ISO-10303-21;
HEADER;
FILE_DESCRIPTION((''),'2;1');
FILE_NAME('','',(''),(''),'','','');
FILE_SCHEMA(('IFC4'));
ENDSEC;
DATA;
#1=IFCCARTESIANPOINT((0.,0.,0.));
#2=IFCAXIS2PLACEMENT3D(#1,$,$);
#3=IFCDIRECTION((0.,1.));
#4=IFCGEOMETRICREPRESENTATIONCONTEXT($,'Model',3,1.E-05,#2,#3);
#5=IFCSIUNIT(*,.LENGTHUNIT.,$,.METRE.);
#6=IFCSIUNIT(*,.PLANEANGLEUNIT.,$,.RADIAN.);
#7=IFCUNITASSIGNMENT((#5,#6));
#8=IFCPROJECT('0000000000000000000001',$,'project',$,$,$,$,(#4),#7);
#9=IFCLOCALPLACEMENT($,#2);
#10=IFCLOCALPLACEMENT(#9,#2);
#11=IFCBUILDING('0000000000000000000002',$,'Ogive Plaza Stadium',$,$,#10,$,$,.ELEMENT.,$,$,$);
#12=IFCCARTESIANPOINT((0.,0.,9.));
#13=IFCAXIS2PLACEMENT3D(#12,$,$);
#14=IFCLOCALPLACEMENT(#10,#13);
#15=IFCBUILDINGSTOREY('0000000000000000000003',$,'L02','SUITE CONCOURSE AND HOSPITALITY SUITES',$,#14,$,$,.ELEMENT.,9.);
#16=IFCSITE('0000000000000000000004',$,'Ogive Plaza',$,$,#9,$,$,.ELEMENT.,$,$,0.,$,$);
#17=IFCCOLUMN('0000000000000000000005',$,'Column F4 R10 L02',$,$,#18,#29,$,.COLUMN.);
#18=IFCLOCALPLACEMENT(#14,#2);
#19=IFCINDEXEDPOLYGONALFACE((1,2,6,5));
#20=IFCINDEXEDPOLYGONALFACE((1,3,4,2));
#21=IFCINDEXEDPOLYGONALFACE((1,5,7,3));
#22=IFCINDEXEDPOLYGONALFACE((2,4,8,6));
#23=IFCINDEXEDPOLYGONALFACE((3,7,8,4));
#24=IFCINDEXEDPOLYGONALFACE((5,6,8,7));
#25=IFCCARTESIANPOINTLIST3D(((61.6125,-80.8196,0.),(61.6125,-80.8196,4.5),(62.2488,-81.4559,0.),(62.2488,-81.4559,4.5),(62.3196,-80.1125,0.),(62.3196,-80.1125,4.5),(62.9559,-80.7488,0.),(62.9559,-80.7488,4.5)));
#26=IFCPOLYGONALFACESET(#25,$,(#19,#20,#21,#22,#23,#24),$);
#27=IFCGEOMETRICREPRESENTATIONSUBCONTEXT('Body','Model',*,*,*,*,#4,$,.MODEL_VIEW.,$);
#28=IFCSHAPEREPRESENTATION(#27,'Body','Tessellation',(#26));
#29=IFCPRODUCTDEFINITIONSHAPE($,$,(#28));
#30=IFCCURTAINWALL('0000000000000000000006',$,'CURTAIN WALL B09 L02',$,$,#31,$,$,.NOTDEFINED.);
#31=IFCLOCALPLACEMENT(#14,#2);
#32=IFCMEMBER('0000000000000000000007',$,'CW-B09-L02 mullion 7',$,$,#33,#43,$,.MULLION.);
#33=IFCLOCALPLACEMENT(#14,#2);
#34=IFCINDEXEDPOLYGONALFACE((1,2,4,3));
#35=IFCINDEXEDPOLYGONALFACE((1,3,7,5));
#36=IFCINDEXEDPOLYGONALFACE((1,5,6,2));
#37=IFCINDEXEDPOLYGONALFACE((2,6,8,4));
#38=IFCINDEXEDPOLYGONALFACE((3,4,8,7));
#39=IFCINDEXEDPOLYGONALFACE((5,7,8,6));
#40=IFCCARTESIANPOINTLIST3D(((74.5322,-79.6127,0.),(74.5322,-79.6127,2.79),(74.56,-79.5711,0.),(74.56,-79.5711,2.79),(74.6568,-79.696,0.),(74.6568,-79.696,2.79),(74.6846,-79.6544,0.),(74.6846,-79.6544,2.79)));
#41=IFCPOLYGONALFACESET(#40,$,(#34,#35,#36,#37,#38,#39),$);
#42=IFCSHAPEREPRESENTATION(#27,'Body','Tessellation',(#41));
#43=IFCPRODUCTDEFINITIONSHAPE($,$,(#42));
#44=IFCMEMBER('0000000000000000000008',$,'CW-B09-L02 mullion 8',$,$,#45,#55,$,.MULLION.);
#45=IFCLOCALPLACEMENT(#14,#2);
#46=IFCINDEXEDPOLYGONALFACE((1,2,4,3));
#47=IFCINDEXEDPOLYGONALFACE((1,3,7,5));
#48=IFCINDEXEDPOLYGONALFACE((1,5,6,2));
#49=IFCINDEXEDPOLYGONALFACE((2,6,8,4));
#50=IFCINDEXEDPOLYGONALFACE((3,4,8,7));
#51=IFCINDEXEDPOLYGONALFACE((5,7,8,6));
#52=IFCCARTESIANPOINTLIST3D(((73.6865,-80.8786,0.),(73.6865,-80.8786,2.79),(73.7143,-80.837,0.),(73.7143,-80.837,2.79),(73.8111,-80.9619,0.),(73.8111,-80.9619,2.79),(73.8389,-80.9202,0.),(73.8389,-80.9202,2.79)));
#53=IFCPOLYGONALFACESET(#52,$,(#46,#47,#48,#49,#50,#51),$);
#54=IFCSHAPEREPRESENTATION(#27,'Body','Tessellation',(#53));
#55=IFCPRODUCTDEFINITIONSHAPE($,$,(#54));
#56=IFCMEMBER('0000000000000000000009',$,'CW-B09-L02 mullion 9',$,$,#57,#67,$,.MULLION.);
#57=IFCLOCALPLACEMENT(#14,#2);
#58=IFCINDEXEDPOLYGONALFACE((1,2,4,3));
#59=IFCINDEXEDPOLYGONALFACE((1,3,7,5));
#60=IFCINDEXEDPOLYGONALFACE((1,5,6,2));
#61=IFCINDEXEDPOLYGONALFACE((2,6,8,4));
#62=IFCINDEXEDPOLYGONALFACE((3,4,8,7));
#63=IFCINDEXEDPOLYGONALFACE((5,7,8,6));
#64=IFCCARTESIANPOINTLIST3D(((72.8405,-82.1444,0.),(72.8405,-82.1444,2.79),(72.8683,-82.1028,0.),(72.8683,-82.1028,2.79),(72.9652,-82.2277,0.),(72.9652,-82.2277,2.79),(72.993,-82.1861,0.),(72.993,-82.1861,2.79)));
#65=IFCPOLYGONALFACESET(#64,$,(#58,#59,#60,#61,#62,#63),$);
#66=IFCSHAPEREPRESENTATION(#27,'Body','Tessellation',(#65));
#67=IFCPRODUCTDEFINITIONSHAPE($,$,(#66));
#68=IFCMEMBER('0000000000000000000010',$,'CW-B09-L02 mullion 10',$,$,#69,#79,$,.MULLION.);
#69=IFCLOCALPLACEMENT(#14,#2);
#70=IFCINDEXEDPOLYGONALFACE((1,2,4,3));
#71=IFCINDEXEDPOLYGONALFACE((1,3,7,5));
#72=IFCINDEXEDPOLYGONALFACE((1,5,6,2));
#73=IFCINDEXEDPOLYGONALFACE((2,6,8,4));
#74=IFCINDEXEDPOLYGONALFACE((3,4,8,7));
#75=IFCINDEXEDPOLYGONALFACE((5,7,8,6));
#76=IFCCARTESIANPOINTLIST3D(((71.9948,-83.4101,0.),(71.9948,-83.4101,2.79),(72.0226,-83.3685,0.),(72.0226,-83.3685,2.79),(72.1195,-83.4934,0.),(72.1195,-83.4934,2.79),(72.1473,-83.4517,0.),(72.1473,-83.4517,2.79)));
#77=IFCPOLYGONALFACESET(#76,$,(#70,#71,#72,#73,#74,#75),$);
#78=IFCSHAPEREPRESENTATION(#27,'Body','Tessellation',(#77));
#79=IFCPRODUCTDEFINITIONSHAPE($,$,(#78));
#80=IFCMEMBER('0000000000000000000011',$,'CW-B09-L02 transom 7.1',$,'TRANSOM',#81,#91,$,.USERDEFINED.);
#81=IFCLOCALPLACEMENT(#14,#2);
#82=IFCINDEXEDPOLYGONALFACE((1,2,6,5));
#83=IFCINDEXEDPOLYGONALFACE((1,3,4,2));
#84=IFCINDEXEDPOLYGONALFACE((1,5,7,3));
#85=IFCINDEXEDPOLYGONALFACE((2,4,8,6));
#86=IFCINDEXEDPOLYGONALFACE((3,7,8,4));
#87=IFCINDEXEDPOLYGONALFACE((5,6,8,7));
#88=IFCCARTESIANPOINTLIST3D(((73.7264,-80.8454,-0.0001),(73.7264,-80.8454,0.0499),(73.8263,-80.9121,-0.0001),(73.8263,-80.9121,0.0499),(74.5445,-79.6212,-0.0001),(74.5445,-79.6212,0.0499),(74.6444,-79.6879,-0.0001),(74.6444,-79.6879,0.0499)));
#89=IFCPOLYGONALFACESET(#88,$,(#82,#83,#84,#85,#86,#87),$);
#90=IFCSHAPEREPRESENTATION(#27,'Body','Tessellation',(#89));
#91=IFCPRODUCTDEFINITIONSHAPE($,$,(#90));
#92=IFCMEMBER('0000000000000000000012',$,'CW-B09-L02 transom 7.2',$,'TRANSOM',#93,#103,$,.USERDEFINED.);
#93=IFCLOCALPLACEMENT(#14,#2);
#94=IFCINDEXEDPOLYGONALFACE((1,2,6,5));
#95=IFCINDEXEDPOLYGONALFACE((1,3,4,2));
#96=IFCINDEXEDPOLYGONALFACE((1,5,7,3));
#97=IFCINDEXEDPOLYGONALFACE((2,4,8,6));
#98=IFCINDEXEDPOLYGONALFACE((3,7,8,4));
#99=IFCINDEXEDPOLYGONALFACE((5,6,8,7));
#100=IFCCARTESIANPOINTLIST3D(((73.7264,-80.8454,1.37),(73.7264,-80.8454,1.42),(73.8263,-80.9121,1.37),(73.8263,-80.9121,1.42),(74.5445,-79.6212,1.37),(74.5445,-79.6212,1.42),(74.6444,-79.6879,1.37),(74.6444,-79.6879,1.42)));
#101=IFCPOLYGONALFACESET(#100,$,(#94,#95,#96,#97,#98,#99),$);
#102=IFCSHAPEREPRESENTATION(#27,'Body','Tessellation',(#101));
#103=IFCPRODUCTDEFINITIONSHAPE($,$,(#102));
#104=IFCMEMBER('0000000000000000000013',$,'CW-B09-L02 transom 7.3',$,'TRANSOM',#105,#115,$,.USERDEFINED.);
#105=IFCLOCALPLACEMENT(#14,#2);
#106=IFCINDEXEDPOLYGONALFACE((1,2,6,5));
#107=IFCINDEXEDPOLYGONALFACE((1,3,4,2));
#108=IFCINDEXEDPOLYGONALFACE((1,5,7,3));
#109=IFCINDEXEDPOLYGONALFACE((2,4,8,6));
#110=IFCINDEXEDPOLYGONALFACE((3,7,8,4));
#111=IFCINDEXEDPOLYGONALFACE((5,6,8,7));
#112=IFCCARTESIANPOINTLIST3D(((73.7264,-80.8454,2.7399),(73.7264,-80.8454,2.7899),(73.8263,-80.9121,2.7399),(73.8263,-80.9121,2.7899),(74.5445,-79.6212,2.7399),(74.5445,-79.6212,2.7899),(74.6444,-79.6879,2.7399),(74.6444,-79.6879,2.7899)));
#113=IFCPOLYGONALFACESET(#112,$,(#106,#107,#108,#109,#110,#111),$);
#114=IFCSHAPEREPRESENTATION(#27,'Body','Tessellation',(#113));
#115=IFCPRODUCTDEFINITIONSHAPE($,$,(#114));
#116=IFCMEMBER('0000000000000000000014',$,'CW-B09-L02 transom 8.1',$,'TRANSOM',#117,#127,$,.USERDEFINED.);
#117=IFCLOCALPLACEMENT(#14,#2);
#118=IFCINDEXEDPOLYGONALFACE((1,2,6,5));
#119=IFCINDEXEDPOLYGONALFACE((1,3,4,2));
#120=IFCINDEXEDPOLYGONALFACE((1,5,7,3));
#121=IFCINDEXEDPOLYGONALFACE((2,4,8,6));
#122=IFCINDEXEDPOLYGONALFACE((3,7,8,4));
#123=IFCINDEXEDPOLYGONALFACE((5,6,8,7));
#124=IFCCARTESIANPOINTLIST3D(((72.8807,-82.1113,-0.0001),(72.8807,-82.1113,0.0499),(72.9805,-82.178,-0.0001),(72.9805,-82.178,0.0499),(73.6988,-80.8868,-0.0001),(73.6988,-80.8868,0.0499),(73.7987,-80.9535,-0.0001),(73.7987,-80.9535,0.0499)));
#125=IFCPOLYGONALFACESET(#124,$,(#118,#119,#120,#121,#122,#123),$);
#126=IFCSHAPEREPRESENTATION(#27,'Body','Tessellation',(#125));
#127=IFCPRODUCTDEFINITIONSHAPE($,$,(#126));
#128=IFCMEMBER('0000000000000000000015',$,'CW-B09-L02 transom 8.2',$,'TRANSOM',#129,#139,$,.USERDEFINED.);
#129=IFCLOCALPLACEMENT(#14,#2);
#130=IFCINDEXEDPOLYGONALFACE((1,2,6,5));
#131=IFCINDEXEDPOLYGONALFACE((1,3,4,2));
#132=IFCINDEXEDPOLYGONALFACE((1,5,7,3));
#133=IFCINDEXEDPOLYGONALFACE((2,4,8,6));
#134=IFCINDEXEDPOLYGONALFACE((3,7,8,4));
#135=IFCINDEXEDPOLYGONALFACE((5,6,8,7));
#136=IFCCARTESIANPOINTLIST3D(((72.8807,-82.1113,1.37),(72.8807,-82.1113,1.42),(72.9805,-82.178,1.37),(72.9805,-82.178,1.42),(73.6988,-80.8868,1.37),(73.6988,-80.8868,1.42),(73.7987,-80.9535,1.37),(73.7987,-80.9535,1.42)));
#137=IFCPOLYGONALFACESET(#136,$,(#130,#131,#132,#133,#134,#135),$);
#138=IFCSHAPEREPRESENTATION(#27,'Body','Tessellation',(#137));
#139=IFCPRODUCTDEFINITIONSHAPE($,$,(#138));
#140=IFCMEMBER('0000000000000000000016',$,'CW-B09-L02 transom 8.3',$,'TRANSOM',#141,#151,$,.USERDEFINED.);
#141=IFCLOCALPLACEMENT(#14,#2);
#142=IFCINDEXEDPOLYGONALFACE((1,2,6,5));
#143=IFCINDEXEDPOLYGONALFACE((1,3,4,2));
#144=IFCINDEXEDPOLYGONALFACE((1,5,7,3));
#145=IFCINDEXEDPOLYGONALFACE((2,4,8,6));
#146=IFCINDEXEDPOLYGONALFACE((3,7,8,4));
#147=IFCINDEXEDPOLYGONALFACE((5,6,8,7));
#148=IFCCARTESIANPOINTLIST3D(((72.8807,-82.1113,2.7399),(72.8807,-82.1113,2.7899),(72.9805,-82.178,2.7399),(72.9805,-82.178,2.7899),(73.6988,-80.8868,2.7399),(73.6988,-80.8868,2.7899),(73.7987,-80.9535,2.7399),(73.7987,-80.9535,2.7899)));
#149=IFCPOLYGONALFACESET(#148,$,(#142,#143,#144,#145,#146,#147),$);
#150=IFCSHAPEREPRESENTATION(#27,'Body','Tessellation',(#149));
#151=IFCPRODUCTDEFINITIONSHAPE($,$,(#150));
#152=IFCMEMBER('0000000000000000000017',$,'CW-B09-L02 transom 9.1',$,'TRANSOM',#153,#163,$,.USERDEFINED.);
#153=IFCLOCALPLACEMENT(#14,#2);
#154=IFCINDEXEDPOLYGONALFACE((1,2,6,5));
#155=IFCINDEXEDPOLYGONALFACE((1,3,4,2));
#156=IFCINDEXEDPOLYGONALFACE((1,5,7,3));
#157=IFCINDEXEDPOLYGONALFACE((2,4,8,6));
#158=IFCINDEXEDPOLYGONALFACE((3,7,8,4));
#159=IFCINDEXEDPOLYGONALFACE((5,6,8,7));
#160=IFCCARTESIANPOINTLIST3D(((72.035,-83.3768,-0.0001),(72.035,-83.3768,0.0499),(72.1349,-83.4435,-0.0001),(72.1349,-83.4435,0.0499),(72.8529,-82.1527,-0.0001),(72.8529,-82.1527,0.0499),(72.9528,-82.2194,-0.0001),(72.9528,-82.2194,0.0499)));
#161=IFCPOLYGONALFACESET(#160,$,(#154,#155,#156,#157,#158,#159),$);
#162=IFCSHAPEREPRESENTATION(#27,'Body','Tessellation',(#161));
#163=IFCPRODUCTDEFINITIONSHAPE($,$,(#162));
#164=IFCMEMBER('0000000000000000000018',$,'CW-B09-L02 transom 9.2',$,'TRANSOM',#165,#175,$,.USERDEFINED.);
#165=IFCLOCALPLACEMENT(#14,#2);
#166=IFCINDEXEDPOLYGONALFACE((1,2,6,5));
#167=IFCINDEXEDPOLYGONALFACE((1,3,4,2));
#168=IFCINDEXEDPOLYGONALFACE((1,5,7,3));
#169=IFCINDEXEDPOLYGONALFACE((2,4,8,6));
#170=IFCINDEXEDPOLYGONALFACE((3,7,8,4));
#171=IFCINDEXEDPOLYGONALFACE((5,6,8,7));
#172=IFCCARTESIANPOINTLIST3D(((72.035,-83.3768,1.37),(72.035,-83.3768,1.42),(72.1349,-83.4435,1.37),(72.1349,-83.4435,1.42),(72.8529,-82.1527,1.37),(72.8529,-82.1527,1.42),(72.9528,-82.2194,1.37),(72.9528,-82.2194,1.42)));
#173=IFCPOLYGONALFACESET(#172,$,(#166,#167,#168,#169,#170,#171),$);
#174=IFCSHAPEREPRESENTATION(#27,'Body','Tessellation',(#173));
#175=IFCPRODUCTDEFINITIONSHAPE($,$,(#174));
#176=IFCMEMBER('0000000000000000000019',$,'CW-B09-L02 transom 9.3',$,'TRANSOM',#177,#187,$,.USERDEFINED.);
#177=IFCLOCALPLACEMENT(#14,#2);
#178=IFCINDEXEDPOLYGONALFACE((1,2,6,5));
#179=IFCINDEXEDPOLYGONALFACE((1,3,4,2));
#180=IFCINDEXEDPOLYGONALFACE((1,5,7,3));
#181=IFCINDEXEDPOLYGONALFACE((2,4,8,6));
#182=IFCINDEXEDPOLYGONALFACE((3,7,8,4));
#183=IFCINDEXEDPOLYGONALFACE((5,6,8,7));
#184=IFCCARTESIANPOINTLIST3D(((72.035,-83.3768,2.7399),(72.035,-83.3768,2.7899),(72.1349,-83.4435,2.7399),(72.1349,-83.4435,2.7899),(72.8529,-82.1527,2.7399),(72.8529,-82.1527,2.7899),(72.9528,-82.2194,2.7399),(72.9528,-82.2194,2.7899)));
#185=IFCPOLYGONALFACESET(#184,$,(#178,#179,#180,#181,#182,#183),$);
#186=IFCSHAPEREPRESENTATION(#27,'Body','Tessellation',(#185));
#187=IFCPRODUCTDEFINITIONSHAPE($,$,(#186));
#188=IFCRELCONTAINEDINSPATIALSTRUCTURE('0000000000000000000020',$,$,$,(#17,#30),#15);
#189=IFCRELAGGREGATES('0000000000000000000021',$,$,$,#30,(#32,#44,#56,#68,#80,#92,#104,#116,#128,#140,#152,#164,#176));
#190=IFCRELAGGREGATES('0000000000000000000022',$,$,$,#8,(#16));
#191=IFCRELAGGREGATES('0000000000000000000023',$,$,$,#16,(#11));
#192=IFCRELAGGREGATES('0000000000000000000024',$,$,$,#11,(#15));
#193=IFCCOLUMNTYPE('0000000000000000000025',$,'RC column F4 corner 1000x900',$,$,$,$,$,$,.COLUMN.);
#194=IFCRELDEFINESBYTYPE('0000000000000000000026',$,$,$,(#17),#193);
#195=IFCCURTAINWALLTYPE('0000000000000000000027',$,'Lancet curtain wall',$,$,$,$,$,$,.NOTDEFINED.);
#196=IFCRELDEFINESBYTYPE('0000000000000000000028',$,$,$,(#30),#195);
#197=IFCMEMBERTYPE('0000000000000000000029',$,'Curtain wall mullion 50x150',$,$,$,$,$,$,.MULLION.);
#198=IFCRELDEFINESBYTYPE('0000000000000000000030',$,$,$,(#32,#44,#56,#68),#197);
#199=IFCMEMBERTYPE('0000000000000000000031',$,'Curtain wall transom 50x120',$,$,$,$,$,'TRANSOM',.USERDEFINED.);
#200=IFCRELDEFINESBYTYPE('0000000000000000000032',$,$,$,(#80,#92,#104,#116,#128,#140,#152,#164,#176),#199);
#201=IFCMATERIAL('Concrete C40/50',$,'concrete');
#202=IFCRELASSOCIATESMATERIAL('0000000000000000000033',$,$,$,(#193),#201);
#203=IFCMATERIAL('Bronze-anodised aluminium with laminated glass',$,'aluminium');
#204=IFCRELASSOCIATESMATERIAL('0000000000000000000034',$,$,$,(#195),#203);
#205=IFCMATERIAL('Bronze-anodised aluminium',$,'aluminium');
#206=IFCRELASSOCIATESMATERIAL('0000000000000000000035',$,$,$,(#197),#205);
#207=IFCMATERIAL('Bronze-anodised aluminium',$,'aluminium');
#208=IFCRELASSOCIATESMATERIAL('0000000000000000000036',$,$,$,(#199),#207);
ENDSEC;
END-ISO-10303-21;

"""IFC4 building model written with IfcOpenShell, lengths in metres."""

from ifc_helpers import new_model, si_unit, direction, frame, origin, origin_2d, place, context, subcontext, project, spatial, rectangle, extrude, material, material_profile, profile_set, type_object, element, aggregate, save


model = new_model("IFC4")

# Units and contexts
model_context = context("Model", 3, precision=1e-05, world=origin(), true_north=direction((0.0, 1.0)))
body_context = subcontext(model_context, "Body", "Model", "MODEL_VIEW")
ifc_project = project(units=[si_unit("LENGTHUNIT", "METRE"), si_unit("PLANEANGLEUNIT", "RADIAN")], contexts=[model_context])

# Site, building, storey
site_placement = place(None, origin())
site = spatial("IfcSite", under=ifc_project, at=site_placement, Name="Ogive Plaza", CompositionType="ELEMENT", RefElevation=0.0)
building_placement = place(site_placement, origin())
building = spatial("IfcBuilding", under=site, at=building_placement, Name="Ogive Plaza Stadium", CompositionType="ELEMENT")
storey_placement = place(building_placement, frame((0.0, 0.0, 9.0)))
storey = spatial("IfcBuildingStorey", under=building, at=storey_placement, Name="L02", Description="SUITE CONCOURSE AND HOSPITALITY SUITES", CompositionType="ELEMENT", Elevation=9.0)

# Column
ifc_material_1 = material(Name="Concrete C40/50", Category="concrete")
ifc_material_profile_1 = material_profile(ifc_material_1, rectangle(XDim=1.0, YDim=0.8999, at=origin_2d()), Name="RC 1000x900")
ifc_profile_set_1 = profile_set([ifc_material_profile_1], Name="Concrete C40/50")
column_type = type_object("IfcColumnType", Name="RC column F4 corner 1000x900", PredefinedType="COLUMN", material=ifc_profile_set_1)
column_placement = place(storey_placement, frame((62.2842, -80.7842, 0.0), z_axis=(0.0, 0.0, 1.0), x_axis=(0.707107, 0.707107, 0.0)))
element("IfcColumn", 1, at=column_placement, inside=storey, type_object=column_type, Name="Column F4 R10 L02", PredefinedType="COLUMN", context=body_context, shape_type="SweptSolid", body=[
    extrude(rectangle(XDim=1.0, YDim=0.8999, at=origin_2d()), origin(), (0.0, 0.0, 1.0), 4.5),
])

# Curtain wall, members
ifc_material_2 = material(Name="Bronze-anodised aluminium with laminated glass", Category="aluminium")
curtain_wall_type = type_object("IfcCurtainWallType", Name="Lancet curtain wall", PredefinedType="NOTDEFINED", material=ifc_material_2)
curtain_wall_placement = place(storey_placement, origin())
curtain_wall = element("IfcCurtainWall", 2, at=curtain_wall_placement, inside=storey, type_object=curtain_wall_type, Name="CURTAIN WALL B09 L02", PredefinedType="NOTDEFINED")
ifc_material_3 = material(Name="Bronze-anodised aluminium", Category="aluminium")
ifc_material_profile_2 = material_profile(ifc_material_3, rectangle(XDim=0.1499, YDim=0.05, at=origin_2d()), Name="AL 150x50")
ifc_profile_set_2 = profile_set([ifc_material_profile_2], Name="Bronze-anodised aluminium")
member_type_1 = type_object("IfcMemberType", Name="Curtain wall mullion 50x150", PredefinedType="MULLION", material=ifc_profile_set_2)
member_1_placement = place(storey_placement, frame((74.6084, -79.6335, 0.0), z_axis=(0.0, 0.0, 1.0), x_axis=(0.83147, -0.55557, 0.0)))
member_1 = element("IfcMember", 3, at=member_1_placement, type_object=member_type_1, Name="CW-B09-L02 mullion 7", PredefinedType="MULLION", context=body_context, shape_type="SweptSolid", body=[
    extrude(rectangle(XDim=0.1499, YDim=0.05, at=origin_2d()), origin(), (0.0, 0.0, 1.0), 2.79),
])
member_2_placement = place(storey_placement, frame((73.7627, -80.8994, 0.0), z_axis=(0.0, 0.0, 1.0), x_axis=(0.83147, -0.55557, 0.0)))
member_2 = element("IfcMember", 4, at=member_2_placement, type_object=member_type_1, Name="CW-B09-L02 mullion 8", PredefinedType="MULLION", context=body_context, shape_type="SweptSolid", body=[
    extrude(rectangle(XDim=0.1499, YDim=0.05, at=origin_2d()), origin(), (0.0, 0.0, 1.0), 2.79),
])
member_3_placement = place(storey_placement, frame((72.9167, -82.1653, 0.0), z_axis=(0.0, 0.0, 1.0), x_axis=(0.83147, -0.55557, 0.0)))
member_3 = element("IfcMember", 5, at=member_3_placement, type_object=member_type_1, Name="CW-B09-L02 mullion 9", PredefinedType="MULLION", context=body_context, shape_type="SweptSolid", body=[
    extrude(rectangle(XDim=0.1499, YDim=0.05, at=origin_2d()), origin(), (0.0, 0.0, 1.0), 2.79),
])
member_4_placement = place(storey_placement, frame((72.071, -83.4309, 0.0), z_axis=(0.0, 0.0, 1.0), x_axis=(0.83147, -0.55557, 0.0)))
member_4 = element("IfcMember", 6, at=member_4_placement, type_object=member_type_1, Name="CW-B09-L02 mullion 10", PredefinedType="MULLION", context=body_context, shape_type="SweptSolid", body=[
    extrude(rectangle(XDim=0.1499, YDim=0.05, at=origin_2d()), origin(), (0.0, 0.0, 1.0), 2.79),
])
ifc_material_4 = material(Name="Bronze-anodised aluminium", Category="aluminium")
ifc_material_profile_3 = material_profile(ifc_material_4, rectangle(XDim=0.1201, YDim=0.05, at=origin_2d()), Name="AL 120x50")
ifc_profile_set_3 = profile_set([ifc_material_profile_3], Name="Bronze-anodised aluminium")
member_type_2 = type_object("IfcMemberType", Name="Curtain wall transom 50x120", ElementType="TRANSOM", PredefinedType="USERDEFINED", material=ifc_profile_set_3)
member_5_placement = place(storey_placement, frame((74.5945, -79.6545, 0.0249), z_axis=(-0.555656, -0.831412, 0.0), x_axis=(0.831412, -0.555656, 0.0)))
member_5 = element("IfcMember", 7, at=member_5_placement, type_object=member_type_2, Name="CW-B09-L02 transom 7.1", ObjectType="TRANSOM", PredefinedType="USERDEFINED", context=body_context, shape_type="SweptSolid", body=[
    extrude(rectangle(XDim=0.1201, YDim=0.05, at=origin_2d()), origin(), (0.0, 0.0, 1.0), 1.4724),
])
member_6_placement = place(storey_placement, frame((74.5945, -79.6545, 1.395), z_axis=(-0.555656, -0.831412, 0.0), x_axis=(0.831412, -0.555656, 0.0)))
member_6 = element("IfcMember", 8, at=member_6_placement, type_object=member_type_2, Name="CW-B09-L02 transom 7.2", ObjectType="TRANSOM", PredefinedType="USERDEFINED", context=body_context, shape_type="SweptSolid", body=[
    extrude(rectangle(XDim=0.1201, YDim=0.05, at=origin_2d()), origin(), (0.0, 0.0, 1.0), 1.4724),
])
member_7_placement = place(storey_placement, frame((74.5945, -79.6545, 2.7649), z_axis=(-0.555656, -0.831412, 0.0), x_axis=(0.831412, -0.555656, 0.0)))
member_7 = element("IfcMember", 9, at=member_7_placement, type_object=member_type_2, Name="CW-B09-L02 transom 7.3", ObjectType="TRANSOM", PredefinedType="USERDEFINED", context=body_context, shape_type="SweptSolid", body=[
    extrude(rectangle(XDim=0.1201, YDim=0.05, at=origin_2d()), origin(), (0.0, 0.0, 1.0), 1.4724),
])
member_8_placement = place(storey_placement, frame((73.7488, -80.9202, 0.0249), z_axis=(-0.55558, -0.831463, 0.0), x_axis=(0.831463, -0.55558, 0.0)))
member_8 = element("IfcMember", 10, at=member_8_placement, type_object=member_type_2, Name="CW-B09-L02 transom 8.1", ObjectType="TRANSOM", PredefinedType="USERDEFINED", context=body_context, shape_type="SweptSolid", body=[
    extrude(rectangle(XDim=0.1201, YDim=0.05, at=origin_2d()), origin(), (0.0, 0.0, 1.0), 1.4727),
])
member_9_placement = place(storey_placement, frame((73.7488, -80.9202, 1.395), z_axis=(-0.55558, -0.831463, 0.0), x_axis=(0.831463, -0.55558, 0.0)))
member_9 = element("IfcMember", 11, at=member_9_placement, type_object=member_type_2, Name="CW-B09-L02 transom 8.2", ObjectType="TRANSOM", PredefinedType="USERDEFINED", context=body_context, shape_type="SweptSolid", body=[
    extrude(rectangle(XDim=0.1201, YDim=0.05, at=origin_2d()), origin(), (0.0, 0.0, 1.0), 1.4727),
])
member_10_placement = place(storey_placement, frame((73.7488, -80.9202, 2.7649), z_axis=(-0.55558, -0.831463, 0.0), x_axis=(0.831463, -0.55558, 0.0)))
member_10 = element("IfcMember", 12, at=member_10_placement, type_object=member_type_2, Name="CW-B09-L02 transom 8.3", ObjectType="TRANSOM", PredefinedType="USERDEFINED", context=body_context, shape_type="SweptSolid", body=[
    extrude(rectangle(XDim=0.1201, YDim=0.05, at=origin_2d()), origin(), (0.0, 0.0, 1.0), 1.4727),
])
member_11_placement = place(storey_placement, frame((72.9028, -82.186, 0.0249), z_axis=(-0.555542, -0.831489, 0.0), x_axis=(0.831489, -0.555542, 0.0)))
member_11 = element("IfcMember", 13, at=member_11_placement, type_object=member_type_2, Name="CW-B09-L02 transom 9.1", ObjectType="TRANSOM", PredefinedType="USERDEFINED", context=body_context, shape_type="SweptSolid", body=[
    extrude(rectangle(XDim=0.1201, YDim=0.05, at=origin_2d()), origin(), (0.0, 0.0, 1.0), 1.4722),
])
member_12_placement = place(storey_placement, frame((72.9028, -82.186, 1.395), z_axis=(-0.555542, -0.831489, 0.0), x_axis=(0.831489, -0.555542, 0.0)))
member_12 = element("IfcMember", 14, at=member_12_placement, type_object=member_type_2, Name="CW-B09-L02 transom 9.2", ObjectType="TRANSOM", PredefinedType="USERDEFINED", context=body_context, shape_type="SweptSolid", body=[
    extrude(rectangle(XDim=0.1201, YDim=0.05, at=origin_2d()), origin(), (0.0, 0.0, 1.0), 1.4722),
])
member_13_placement = place(storey_placement, frame((72.9028, -82.186, 2.7649), z_axis=(-0.555542, -0.831489, 0.0), x_axis=(0.831489, -0.555542, 0.0)))
member_13 = element("IfcMember", 15, at=member_13_placement, type_object=member_type_2, Name="CW-B09-L02 transom 9.3", ObjectType="TRANSOM", PredefinedType="USERDEFINED", context=body_context, shape_type="SweptSolid", body=[
    extrude(rectangle(XDim=0.1201, YDim=0.05, at=origin_2d()), origin(), (0.0, 0.0, 1.0), 1.4722),
])

aggregate(curtain_wall, [member_1, member_2, member_3, member_4, member_5, member_6, member_7, member_8, member_9, member_10, member_11, member_12, member_13])

save(model, "model.ifc")
